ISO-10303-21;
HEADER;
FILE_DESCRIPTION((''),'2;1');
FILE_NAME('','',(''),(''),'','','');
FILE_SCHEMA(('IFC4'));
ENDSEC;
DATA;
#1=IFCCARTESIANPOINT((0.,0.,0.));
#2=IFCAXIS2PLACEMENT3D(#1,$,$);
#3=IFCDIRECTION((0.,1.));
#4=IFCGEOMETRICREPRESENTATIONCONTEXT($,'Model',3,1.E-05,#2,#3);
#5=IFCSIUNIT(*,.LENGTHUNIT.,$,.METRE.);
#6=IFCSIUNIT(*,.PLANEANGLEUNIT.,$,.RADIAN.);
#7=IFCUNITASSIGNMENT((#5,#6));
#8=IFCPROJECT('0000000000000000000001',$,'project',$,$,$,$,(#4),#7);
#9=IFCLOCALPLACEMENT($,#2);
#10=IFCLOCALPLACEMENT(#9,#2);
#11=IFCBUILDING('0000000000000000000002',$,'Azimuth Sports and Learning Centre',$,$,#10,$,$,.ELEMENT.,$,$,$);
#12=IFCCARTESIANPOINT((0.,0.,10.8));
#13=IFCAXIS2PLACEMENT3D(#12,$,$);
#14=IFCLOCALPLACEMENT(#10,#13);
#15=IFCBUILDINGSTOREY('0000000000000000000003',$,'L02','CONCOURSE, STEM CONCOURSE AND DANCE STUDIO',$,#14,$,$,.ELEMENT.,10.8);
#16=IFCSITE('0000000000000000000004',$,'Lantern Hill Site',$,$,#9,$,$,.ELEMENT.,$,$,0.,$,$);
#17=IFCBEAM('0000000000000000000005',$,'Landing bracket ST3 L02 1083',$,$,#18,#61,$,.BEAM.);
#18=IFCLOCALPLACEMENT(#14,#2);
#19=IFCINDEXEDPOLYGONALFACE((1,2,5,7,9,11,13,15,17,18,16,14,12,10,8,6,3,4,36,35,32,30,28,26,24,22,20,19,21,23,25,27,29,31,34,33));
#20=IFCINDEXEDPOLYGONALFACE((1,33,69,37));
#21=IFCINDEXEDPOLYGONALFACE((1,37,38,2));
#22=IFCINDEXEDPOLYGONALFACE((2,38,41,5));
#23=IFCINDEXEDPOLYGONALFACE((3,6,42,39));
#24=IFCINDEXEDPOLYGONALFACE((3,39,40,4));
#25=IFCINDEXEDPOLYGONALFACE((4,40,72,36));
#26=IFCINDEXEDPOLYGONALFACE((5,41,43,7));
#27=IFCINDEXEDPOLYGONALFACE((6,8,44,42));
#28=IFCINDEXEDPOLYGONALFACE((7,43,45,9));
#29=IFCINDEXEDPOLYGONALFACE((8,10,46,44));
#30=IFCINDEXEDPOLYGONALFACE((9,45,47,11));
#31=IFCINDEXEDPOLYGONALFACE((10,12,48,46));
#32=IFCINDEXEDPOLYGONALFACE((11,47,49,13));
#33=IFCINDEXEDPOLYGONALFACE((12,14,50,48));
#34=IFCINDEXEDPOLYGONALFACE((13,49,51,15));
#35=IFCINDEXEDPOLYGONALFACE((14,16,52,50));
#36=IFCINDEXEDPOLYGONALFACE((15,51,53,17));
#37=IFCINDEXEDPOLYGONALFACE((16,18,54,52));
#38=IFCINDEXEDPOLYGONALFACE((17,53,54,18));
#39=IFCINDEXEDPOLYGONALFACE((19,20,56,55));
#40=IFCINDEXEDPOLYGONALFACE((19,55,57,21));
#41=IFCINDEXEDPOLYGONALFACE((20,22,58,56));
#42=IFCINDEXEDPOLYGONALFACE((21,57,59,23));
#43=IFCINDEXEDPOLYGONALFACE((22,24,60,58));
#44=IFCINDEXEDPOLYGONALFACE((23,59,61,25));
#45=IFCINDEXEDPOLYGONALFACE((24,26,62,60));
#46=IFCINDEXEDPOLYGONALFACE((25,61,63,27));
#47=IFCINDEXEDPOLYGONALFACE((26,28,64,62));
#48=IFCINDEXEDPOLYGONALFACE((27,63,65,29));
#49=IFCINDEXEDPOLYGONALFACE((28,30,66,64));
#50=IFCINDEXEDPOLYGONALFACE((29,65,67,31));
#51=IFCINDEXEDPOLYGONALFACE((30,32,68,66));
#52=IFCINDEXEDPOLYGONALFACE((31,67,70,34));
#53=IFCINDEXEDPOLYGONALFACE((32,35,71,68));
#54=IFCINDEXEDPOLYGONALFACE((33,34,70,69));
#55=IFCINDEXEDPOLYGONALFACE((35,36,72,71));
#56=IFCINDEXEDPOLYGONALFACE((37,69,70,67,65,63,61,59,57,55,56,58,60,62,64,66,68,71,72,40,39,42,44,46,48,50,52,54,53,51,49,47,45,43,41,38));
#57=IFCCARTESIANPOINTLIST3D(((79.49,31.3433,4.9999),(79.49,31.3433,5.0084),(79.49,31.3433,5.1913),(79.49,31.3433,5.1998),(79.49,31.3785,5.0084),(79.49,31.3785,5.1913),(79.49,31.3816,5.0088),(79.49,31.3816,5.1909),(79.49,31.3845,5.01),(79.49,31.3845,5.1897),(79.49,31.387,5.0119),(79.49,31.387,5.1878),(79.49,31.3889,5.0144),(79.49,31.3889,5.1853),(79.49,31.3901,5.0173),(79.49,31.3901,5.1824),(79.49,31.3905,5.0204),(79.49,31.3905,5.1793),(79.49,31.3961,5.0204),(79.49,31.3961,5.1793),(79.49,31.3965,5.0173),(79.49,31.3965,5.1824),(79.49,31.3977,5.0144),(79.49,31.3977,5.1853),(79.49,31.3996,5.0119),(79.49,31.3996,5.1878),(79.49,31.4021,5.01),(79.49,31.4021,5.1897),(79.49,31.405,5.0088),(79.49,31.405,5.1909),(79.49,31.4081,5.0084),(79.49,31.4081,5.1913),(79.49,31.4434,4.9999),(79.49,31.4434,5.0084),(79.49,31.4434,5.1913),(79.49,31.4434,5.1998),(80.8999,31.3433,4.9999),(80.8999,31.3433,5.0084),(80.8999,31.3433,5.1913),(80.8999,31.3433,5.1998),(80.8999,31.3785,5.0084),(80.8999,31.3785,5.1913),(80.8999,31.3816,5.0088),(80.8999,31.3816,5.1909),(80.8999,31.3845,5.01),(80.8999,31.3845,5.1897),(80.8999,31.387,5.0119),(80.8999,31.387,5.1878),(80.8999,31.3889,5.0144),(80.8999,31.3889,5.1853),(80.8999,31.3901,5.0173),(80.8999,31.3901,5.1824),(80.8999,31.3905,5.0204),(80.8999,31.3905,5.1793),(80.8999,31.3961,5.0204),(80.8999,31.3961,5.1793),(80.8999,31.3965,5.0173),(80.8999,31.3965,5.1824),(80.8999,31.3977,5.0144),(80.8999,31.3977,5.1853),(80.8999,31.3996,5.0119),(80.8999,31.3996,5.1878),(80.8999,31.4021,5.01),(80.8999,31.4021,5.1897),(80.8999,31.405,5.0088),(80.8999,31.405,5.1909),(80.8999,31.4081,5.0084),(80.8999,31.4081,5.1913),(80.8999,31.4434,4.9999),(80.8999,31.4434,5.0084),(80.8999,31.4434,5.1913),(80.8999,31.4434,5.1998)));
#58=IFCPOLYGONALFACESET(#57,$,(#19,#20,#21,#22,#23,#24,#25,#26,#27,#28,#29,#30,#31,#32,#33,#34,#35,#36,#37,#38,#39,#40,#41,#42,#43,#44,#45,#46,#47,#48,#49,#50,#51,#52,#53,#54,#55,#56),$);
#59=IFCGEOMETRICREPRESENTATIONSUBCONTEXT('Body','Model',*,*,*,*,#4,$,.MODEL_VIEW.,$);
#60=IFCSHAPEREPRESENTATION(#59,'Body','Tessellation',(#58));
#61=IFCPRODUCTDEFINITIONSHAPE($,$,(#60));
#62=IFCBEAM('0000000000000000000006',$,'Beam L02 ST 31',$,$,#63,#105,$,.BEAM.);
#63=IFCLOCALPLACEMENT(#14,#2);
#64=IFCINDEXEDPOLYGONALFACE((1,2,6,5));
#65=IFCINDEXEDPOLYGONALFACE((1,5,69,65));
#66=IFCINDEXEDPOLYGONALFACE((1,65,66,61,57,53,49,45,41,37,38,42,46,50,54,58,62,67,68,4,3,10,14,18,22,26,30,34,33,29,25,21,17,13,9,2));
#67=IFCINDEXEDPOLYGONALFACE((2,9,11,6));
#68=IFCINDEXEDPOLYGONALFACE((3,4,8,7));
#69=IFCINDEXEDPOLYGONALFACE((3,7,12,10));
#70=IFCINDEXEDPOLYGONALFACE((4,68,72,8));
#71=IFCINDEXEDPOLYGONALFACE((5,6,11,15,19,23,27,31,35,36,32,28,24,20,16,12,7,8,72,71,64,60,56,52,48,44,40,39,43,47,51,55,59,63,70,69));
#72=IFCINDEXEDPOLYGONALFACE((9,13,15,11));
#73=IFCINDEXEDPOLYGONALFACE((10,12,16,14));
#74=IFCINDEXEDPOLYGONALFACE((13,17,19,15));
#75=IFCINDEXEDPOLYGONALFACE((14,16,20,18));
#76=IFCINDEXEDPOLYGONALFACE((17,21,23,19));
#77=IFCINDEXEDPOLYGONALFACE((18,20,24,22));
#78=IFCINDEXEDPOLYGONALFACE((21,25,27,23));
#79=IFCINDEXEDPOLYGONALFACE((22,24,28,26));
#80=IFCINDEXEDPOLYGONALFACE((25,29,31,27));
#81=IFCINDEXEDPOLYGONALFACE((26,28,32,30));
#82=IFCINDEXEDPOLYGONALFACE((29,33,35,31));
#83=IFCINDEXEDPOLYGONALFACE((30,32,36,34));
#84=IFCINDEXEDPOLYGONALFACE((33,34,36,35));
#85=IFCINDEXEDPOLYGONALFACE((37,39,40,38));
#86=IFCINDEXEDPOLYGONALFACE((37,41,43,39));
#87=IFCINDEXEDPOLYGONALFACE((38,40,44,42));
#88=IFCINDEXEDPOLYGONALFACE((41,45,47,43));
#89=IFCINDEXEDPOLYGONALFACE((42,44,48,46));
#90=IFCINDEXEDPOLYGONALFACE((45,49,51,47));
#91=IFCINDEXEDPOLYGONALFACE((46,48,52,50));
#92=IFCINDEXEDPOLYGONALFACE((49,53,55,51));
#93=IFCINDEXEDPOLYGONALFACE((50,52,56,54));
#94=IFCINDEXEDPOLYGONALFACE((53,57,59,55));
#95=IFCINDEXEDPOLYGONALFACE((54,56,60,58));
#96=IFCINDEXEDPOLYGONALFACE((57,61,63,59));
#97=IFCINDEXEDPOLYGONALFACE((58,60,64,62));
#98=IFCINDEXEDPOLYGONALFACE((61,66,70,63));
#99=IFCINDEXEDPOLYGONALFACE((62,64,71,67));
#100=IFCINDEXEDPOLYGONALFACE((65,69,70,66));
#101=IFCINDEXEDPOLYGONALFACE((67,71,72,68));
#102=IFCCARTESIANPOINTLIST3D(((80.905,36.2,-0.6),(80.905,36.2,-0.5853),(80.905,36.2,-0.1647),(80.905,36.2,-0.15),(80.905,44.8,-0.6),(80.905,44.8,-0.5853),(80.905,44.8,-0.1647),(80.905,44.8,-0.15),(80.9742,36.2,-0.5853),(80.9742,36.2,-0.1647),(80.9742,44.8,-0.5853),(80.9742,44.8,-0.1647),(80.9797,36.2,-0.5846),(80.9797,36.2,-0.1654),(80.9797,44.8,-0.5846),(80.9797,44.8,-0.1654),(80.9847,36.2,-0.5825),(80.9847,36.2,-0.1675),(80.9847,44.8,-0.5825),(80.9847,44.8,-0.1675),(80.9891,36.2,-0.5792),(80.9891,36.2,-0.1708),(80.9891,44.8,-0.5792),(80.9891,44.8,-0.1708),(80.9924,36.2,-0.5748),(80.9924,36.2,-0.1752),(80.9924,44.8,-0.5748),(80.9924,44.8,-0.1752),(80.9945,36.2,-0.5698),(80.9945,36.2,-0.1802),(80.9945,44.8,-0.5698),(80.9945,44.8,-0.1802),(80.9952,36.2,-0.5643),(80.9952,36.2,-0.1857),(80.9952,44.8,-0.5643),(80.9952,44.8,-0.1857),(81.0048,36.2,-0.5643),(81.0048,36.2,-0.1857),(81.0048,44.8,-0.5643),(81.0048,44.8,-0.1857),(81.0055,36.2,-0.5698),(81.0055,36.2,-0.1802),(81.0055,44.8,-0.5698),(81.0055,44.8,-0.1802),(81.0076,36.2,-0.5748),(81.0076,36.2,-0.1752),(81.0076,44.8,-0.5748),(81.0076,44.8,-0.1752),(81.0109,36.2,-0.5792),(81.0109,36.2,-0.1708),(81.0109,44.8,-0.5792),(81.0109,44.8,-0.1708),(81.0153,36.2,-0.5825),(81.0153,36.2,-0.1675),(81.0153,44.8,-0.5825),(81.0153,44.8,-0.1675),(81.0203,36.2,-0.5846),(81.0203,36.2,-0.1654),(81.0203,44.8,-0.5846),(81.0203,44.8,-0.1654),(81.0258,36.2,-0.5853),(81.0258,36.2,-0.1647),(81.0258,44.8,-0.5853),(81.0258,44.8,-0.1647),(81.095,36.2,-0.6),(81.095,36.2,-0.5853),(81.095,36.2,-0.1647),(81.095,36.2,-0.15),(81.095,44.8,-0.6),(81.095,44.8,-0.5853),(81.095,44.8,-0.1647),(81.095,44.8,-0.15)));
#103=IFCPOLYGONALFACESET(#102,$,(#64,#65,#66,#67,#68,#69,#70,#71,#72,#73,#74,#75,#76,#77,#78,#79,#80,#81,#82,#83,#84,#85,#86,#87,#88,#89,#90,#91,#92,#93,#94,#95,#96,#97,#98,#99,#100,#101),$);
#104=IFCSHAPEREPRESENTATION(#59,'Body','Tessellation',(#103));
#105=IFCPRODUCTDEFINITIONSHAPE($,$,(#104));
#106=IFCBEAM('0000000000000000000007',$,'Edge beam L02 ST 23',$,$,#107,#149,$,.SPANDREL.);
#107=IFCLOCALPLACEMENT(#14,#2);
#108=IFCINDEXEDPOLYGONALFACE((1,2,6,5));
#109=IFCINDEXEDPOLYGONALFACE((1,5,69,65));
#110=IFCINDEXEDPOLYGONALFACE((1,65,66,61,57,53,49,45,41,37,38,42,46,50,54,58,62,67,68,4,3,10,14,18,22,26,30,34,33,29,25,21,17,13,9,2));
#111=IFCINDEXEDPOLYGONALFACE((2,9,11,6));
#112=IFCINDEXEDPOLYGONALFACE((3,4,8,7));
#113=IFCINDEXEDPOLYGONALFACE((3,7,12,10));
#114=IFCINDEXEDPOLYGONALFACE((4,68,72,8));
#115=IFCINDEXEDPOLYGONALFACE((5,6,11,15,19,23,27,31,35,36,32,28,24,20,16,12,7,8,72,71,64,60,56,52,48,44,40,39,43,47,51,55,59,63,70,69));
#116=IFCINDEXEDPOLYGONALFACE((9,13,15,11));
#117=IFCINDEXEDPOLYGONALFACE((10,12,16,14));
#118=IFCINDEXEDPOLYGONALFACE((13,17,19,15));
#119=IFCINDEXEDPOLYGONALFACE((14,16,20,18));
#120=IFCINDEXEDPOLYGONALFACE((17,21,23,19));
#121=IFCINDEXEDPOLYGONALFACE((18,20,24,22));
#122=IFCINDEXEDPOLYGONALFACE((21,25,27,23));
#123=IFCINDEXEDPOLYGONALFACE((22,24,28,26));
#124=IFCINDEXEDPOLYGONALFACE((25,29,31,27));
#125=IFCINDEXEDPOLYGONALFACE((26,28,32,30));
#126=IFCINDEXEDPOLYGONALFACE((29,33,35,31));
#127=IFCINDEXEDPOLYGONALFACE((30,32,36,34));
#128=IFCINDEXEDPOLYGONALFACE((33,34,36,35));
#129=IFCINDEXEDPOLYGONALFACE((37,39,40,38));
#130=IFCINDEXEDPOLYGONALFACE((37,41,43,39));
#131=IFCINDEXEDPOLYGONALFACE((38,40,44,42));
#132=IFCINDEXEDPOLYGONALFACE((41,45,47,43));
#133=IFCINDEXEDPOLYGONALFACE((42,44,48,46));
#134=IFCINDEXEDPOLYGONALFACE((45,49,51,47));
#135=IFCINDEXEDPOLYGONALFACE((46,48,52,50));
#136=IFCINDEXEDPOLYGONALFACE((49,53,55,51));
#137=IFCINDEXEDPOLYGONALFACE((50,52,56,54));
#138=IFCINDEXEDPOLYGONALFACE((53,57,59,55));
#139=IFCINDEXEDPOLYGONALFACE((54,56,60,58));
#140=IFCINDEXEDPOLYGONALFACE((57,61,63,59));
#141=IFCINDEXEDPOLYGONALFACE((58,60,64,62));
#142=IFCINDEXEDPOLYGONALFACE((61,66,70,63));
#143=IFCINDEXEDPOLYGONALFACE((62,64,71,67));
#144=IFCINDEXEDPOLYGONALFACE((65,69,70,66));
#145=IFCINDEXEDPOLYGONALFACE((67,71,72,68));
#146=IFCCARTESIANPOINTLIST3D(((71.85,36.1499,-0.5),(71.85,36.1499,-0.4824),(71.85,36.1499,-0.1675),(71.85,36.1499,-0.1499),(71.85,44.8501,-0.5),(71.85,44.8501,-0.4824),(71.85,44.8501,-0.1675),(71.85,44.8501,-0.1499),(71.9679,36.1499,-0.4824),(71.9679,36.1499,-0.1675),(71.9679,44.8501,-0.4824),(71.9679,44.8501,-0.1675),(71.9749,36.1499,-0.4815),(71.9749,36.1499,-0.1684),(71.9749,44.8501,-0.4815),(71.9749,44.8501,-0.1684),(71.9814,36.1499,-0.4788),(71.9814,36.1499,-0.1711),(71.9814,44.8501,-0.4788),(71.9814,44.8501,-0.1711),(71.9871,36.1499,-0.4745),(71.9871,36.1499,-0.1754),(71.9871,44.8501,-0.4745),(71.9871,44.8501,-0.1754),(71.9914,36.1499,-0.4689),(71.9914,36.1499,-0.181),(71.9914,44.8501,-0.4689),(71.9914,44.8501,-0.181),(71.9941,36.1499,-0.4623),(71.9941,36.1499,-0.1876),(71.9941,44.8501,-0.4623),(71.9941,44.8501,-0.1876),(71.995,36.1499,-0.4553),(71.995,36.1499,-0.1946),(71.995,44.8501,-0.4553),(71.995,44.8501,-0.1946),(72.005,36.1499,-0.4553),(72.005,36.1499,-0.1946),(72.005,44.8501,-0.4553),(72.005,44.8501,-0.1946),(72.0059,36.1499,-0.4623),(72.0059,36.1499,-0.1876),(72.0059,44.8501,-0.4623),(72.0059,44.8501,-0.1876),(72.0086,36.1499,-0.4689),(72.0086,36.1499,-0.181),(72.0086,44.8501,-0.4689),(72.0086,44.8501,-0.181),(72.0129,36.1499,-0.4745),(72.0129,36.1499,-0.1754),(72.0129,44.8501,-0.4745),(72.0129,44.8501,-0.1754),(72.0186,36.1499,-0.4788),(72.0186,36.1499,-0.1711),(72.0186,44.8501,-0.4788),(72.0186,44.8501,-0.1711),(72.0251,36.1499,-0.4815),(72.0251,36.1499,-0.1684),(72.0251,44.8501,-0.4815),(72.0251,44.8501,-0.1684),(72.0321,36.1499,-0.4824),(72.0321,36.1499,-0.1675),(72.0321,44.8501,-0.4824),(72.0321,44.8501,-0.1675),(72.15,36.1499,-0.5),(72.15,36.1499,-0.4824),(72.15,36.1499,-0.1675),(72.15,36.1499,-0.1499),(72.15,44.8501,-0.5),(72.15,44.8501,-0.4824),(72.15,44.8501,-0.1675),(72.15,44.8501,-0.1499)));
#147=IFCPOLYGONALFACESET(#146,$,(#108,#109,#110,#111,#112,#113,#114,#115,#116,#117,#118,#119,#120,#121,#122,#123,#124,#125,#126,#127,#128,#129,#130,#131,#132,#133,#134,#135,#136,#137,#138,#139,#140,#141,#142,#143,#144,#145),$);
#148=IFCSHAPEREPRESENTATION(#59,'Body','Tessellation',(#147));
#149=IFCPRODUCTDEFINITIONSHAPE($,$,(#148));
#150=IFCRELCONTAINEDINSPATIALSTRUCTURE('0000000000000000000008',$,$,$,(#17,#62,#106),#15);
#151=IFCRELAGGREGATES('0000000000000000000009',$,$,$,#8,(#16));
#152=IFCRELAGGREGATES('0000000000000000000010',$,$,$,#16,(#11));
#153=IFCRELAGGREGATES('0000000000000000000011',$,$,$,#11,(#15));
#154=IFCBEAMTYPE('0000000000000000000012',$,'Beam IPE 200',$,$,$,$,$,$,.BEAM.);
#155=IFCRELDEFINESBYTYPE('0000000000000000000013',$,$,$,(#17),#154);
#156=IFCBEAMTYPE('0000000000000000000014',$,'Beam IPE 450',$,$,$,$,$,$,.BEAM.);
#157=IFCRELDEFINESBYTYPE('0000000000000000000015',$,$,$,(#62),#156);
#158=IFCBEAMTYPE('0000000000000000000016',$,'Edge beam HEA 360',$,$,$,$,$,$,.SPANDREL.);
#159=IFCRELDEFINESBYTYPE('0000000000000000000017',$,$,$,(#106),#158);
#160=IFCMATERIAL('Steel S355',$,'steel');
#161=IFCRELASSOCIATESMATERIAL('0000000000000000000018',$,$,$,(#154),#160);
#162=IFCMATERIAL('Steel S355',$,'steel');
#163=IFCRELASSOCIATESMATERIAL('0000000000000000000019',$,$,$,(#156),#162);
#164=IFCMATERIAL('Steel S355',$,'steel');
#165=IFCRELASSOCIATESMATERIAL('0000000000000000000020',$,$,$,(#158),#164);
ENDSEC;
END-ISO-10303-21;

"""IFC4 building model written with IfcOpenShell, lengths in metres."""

from ifc_helpers import new_model, si_unit, direction, frame, origin, origin_2d, place, context, subcontext, project, spatial, i_section, extrude, material, material_profile, profile_set, type_object, element, save


model = new_model("IFC4")

# Units and contexts
model_context = context("Model", 3, precision=1e-05, world=origin(), true_north=direction((0.0, 1.0)))
body_context = subcontext(model_context, "Body", "Model", "MODEL_VIEW")
ifc_project = project(units=[si_unit("LENGTHUNIT", "METRE"), si_unit("PLANEANGLEUNIT", "RADIAN")], contexts=[model_context])

# Site, building, storey
site_placement = place(None, origin())
site = spatial("IfcSite", under=ifc_project, at=site_placement, Name="Lantern Hill Site", CompositionType="ELEMENT", RefElevation=0.0)
building_placement = place(site_placement, origin())
building = spatial("IfcBuilding", under=site, at=building_placement, Name="Azimuth Sports and Learning Centre", CompositionType="ELEMENT")
storey_placement = place(building_placement, frame((0.0, 0.0, 10.8)))
storey = spatial("IfcBuildingStorey", under=building, at=storey_placement, Name="L02", Description="CONCOURSE, STEM CONCOURSE AND DANCE STUDIO", CompositionType="ELEMENT", Elevation=10.8)

# Beams
ifc_material_1 = material(Name="Steel S355", Category="steel")
ifc_material_profile_1 = material_profile(ifc_material_1, i_section(OverallWidth=0.1001, OverallDepth=0.2, WebThickness=0.0056, FlangeThickness=0.0085, FilletRadius=0.012, at=origin_2d()), Name="IPE 200")
ifc_profile_set_1 = profile_set([ifc_material_profile_1], Name="Steel S355")
beam_type_1 = type_object("IfcBeamType", Name="Beam IPE 200", PredefinedType="BEAM", material=ifc_profile_set_1)
for number, where, z_axis, x_axis, name in (
    (1, (80.8999, 31.3933, 5.0999), (-1.0, 0.0, 0.0), (0.0, -1.0, 0.0), "Landing bracket ST3 L02 1083"),
):
    element("IfcBeam", number, at=place(storey_placement, frame(where, z_axis=z_axis, x_axis=x_axis)), inside=storey, type_object=beam_type_1, Name=name, PredefinedType="BEAM", context=body_context, shape_type="SweptSolid", body=[
        extrude(i_section(OverallWidth=0.1001, OverallDepth=0.2, WebThickness=0.0056, FlangeThickness=0.0085, FilletRadius=0.012, at=origin_2d()), origin(), (0.0, 0.0, 1.0), 1.4099),
    ])
ifc_material_2 = material(Name="Steel S355", Category="steel")
ifc_material_profile_2 = material_profile(ifc_material_2, i_section(OverallWidth=0.1899, OverallDepth=0.45, WebThickness=0.0095, FlangeThickness=0.0146, FilletRadius=0.021, at=origin_2d()), Name="IPE 450")
ifc_profile_set_2 = profile_set([ifc_material_profile_2], Name="Steel S355")
beam_type_2 = type_object("IfcBeamType", Name="Beam IPE 450", PredefinedType="BEAM", material=ifc_profile_set_2)
beam_1_placement = place(storey_placement, frame((81.0, 36.2, -0.375), z_axis=(0.0, 1.0, 0.0), x_axis=(-1.0, 0.0, 0.0)))
element("IfcBeam", 2, at=beam_1_placement, inside=storey, type_object=beam_type_2, Name="Beam L02 ST 31", PredefinedType="BEAM", context=body_context, shape_type="SweptSolid", body=[
    extrude(i_section(OverallWidth=0.1899, OverallDepth=0.45, WebThickness=0.0095, FlangeThickness=0.0146, FilletRadius=0.021, at=origin_2d()), origin(), (0.0, 0.0, 1.0), 8.6001),
])
ifc_material_3 = material(Name="Steel S355", Category="steel")
ifc_material_profile_3 = material_profile(ifc_material_3, i_section(OverallWidth=0.3, OverallDepth=0.3501, WebThickness=0.01, FlangeThickness=0.0176, FilletRadius=0.0271, at=origin_2d()), Name="HEA 360")
ifc_profile_set_3 = profile_set([ifc_material_profile_3], Name="Steel S355")
beam_type_3 = type_object("IfcBeamType", Name="Edge beam HEA 360", PredefinedType="SPANDREL", material=ifc_profile_set_3)
beam_2_placement = place(storey_placement, frame((72.0, 36.1499, -0.325), z_axis=(0.0, 1.0, 0.0), x_axis=(-1.0, 0.0, 0.0)))
element("IfcBeam", 3, at=beam_2_placement, inside=storey, type_object=beam_type_3, Name="Edge beam L02 ST 23", PredefinedType="SPANDREL", context=body_context, shape_type="SweptSolid", body=[
    extrude(i_section(OverallWidth=0.3, OverallDepth=0.3501, WebThickness=0.01, FlangeThickness=0.0176, FilletRadius=0.0271, at=origin_2d()), origin(), (0.0, 0.0, 1.0), 8.7002),
])

save(model, "model.ifc")
